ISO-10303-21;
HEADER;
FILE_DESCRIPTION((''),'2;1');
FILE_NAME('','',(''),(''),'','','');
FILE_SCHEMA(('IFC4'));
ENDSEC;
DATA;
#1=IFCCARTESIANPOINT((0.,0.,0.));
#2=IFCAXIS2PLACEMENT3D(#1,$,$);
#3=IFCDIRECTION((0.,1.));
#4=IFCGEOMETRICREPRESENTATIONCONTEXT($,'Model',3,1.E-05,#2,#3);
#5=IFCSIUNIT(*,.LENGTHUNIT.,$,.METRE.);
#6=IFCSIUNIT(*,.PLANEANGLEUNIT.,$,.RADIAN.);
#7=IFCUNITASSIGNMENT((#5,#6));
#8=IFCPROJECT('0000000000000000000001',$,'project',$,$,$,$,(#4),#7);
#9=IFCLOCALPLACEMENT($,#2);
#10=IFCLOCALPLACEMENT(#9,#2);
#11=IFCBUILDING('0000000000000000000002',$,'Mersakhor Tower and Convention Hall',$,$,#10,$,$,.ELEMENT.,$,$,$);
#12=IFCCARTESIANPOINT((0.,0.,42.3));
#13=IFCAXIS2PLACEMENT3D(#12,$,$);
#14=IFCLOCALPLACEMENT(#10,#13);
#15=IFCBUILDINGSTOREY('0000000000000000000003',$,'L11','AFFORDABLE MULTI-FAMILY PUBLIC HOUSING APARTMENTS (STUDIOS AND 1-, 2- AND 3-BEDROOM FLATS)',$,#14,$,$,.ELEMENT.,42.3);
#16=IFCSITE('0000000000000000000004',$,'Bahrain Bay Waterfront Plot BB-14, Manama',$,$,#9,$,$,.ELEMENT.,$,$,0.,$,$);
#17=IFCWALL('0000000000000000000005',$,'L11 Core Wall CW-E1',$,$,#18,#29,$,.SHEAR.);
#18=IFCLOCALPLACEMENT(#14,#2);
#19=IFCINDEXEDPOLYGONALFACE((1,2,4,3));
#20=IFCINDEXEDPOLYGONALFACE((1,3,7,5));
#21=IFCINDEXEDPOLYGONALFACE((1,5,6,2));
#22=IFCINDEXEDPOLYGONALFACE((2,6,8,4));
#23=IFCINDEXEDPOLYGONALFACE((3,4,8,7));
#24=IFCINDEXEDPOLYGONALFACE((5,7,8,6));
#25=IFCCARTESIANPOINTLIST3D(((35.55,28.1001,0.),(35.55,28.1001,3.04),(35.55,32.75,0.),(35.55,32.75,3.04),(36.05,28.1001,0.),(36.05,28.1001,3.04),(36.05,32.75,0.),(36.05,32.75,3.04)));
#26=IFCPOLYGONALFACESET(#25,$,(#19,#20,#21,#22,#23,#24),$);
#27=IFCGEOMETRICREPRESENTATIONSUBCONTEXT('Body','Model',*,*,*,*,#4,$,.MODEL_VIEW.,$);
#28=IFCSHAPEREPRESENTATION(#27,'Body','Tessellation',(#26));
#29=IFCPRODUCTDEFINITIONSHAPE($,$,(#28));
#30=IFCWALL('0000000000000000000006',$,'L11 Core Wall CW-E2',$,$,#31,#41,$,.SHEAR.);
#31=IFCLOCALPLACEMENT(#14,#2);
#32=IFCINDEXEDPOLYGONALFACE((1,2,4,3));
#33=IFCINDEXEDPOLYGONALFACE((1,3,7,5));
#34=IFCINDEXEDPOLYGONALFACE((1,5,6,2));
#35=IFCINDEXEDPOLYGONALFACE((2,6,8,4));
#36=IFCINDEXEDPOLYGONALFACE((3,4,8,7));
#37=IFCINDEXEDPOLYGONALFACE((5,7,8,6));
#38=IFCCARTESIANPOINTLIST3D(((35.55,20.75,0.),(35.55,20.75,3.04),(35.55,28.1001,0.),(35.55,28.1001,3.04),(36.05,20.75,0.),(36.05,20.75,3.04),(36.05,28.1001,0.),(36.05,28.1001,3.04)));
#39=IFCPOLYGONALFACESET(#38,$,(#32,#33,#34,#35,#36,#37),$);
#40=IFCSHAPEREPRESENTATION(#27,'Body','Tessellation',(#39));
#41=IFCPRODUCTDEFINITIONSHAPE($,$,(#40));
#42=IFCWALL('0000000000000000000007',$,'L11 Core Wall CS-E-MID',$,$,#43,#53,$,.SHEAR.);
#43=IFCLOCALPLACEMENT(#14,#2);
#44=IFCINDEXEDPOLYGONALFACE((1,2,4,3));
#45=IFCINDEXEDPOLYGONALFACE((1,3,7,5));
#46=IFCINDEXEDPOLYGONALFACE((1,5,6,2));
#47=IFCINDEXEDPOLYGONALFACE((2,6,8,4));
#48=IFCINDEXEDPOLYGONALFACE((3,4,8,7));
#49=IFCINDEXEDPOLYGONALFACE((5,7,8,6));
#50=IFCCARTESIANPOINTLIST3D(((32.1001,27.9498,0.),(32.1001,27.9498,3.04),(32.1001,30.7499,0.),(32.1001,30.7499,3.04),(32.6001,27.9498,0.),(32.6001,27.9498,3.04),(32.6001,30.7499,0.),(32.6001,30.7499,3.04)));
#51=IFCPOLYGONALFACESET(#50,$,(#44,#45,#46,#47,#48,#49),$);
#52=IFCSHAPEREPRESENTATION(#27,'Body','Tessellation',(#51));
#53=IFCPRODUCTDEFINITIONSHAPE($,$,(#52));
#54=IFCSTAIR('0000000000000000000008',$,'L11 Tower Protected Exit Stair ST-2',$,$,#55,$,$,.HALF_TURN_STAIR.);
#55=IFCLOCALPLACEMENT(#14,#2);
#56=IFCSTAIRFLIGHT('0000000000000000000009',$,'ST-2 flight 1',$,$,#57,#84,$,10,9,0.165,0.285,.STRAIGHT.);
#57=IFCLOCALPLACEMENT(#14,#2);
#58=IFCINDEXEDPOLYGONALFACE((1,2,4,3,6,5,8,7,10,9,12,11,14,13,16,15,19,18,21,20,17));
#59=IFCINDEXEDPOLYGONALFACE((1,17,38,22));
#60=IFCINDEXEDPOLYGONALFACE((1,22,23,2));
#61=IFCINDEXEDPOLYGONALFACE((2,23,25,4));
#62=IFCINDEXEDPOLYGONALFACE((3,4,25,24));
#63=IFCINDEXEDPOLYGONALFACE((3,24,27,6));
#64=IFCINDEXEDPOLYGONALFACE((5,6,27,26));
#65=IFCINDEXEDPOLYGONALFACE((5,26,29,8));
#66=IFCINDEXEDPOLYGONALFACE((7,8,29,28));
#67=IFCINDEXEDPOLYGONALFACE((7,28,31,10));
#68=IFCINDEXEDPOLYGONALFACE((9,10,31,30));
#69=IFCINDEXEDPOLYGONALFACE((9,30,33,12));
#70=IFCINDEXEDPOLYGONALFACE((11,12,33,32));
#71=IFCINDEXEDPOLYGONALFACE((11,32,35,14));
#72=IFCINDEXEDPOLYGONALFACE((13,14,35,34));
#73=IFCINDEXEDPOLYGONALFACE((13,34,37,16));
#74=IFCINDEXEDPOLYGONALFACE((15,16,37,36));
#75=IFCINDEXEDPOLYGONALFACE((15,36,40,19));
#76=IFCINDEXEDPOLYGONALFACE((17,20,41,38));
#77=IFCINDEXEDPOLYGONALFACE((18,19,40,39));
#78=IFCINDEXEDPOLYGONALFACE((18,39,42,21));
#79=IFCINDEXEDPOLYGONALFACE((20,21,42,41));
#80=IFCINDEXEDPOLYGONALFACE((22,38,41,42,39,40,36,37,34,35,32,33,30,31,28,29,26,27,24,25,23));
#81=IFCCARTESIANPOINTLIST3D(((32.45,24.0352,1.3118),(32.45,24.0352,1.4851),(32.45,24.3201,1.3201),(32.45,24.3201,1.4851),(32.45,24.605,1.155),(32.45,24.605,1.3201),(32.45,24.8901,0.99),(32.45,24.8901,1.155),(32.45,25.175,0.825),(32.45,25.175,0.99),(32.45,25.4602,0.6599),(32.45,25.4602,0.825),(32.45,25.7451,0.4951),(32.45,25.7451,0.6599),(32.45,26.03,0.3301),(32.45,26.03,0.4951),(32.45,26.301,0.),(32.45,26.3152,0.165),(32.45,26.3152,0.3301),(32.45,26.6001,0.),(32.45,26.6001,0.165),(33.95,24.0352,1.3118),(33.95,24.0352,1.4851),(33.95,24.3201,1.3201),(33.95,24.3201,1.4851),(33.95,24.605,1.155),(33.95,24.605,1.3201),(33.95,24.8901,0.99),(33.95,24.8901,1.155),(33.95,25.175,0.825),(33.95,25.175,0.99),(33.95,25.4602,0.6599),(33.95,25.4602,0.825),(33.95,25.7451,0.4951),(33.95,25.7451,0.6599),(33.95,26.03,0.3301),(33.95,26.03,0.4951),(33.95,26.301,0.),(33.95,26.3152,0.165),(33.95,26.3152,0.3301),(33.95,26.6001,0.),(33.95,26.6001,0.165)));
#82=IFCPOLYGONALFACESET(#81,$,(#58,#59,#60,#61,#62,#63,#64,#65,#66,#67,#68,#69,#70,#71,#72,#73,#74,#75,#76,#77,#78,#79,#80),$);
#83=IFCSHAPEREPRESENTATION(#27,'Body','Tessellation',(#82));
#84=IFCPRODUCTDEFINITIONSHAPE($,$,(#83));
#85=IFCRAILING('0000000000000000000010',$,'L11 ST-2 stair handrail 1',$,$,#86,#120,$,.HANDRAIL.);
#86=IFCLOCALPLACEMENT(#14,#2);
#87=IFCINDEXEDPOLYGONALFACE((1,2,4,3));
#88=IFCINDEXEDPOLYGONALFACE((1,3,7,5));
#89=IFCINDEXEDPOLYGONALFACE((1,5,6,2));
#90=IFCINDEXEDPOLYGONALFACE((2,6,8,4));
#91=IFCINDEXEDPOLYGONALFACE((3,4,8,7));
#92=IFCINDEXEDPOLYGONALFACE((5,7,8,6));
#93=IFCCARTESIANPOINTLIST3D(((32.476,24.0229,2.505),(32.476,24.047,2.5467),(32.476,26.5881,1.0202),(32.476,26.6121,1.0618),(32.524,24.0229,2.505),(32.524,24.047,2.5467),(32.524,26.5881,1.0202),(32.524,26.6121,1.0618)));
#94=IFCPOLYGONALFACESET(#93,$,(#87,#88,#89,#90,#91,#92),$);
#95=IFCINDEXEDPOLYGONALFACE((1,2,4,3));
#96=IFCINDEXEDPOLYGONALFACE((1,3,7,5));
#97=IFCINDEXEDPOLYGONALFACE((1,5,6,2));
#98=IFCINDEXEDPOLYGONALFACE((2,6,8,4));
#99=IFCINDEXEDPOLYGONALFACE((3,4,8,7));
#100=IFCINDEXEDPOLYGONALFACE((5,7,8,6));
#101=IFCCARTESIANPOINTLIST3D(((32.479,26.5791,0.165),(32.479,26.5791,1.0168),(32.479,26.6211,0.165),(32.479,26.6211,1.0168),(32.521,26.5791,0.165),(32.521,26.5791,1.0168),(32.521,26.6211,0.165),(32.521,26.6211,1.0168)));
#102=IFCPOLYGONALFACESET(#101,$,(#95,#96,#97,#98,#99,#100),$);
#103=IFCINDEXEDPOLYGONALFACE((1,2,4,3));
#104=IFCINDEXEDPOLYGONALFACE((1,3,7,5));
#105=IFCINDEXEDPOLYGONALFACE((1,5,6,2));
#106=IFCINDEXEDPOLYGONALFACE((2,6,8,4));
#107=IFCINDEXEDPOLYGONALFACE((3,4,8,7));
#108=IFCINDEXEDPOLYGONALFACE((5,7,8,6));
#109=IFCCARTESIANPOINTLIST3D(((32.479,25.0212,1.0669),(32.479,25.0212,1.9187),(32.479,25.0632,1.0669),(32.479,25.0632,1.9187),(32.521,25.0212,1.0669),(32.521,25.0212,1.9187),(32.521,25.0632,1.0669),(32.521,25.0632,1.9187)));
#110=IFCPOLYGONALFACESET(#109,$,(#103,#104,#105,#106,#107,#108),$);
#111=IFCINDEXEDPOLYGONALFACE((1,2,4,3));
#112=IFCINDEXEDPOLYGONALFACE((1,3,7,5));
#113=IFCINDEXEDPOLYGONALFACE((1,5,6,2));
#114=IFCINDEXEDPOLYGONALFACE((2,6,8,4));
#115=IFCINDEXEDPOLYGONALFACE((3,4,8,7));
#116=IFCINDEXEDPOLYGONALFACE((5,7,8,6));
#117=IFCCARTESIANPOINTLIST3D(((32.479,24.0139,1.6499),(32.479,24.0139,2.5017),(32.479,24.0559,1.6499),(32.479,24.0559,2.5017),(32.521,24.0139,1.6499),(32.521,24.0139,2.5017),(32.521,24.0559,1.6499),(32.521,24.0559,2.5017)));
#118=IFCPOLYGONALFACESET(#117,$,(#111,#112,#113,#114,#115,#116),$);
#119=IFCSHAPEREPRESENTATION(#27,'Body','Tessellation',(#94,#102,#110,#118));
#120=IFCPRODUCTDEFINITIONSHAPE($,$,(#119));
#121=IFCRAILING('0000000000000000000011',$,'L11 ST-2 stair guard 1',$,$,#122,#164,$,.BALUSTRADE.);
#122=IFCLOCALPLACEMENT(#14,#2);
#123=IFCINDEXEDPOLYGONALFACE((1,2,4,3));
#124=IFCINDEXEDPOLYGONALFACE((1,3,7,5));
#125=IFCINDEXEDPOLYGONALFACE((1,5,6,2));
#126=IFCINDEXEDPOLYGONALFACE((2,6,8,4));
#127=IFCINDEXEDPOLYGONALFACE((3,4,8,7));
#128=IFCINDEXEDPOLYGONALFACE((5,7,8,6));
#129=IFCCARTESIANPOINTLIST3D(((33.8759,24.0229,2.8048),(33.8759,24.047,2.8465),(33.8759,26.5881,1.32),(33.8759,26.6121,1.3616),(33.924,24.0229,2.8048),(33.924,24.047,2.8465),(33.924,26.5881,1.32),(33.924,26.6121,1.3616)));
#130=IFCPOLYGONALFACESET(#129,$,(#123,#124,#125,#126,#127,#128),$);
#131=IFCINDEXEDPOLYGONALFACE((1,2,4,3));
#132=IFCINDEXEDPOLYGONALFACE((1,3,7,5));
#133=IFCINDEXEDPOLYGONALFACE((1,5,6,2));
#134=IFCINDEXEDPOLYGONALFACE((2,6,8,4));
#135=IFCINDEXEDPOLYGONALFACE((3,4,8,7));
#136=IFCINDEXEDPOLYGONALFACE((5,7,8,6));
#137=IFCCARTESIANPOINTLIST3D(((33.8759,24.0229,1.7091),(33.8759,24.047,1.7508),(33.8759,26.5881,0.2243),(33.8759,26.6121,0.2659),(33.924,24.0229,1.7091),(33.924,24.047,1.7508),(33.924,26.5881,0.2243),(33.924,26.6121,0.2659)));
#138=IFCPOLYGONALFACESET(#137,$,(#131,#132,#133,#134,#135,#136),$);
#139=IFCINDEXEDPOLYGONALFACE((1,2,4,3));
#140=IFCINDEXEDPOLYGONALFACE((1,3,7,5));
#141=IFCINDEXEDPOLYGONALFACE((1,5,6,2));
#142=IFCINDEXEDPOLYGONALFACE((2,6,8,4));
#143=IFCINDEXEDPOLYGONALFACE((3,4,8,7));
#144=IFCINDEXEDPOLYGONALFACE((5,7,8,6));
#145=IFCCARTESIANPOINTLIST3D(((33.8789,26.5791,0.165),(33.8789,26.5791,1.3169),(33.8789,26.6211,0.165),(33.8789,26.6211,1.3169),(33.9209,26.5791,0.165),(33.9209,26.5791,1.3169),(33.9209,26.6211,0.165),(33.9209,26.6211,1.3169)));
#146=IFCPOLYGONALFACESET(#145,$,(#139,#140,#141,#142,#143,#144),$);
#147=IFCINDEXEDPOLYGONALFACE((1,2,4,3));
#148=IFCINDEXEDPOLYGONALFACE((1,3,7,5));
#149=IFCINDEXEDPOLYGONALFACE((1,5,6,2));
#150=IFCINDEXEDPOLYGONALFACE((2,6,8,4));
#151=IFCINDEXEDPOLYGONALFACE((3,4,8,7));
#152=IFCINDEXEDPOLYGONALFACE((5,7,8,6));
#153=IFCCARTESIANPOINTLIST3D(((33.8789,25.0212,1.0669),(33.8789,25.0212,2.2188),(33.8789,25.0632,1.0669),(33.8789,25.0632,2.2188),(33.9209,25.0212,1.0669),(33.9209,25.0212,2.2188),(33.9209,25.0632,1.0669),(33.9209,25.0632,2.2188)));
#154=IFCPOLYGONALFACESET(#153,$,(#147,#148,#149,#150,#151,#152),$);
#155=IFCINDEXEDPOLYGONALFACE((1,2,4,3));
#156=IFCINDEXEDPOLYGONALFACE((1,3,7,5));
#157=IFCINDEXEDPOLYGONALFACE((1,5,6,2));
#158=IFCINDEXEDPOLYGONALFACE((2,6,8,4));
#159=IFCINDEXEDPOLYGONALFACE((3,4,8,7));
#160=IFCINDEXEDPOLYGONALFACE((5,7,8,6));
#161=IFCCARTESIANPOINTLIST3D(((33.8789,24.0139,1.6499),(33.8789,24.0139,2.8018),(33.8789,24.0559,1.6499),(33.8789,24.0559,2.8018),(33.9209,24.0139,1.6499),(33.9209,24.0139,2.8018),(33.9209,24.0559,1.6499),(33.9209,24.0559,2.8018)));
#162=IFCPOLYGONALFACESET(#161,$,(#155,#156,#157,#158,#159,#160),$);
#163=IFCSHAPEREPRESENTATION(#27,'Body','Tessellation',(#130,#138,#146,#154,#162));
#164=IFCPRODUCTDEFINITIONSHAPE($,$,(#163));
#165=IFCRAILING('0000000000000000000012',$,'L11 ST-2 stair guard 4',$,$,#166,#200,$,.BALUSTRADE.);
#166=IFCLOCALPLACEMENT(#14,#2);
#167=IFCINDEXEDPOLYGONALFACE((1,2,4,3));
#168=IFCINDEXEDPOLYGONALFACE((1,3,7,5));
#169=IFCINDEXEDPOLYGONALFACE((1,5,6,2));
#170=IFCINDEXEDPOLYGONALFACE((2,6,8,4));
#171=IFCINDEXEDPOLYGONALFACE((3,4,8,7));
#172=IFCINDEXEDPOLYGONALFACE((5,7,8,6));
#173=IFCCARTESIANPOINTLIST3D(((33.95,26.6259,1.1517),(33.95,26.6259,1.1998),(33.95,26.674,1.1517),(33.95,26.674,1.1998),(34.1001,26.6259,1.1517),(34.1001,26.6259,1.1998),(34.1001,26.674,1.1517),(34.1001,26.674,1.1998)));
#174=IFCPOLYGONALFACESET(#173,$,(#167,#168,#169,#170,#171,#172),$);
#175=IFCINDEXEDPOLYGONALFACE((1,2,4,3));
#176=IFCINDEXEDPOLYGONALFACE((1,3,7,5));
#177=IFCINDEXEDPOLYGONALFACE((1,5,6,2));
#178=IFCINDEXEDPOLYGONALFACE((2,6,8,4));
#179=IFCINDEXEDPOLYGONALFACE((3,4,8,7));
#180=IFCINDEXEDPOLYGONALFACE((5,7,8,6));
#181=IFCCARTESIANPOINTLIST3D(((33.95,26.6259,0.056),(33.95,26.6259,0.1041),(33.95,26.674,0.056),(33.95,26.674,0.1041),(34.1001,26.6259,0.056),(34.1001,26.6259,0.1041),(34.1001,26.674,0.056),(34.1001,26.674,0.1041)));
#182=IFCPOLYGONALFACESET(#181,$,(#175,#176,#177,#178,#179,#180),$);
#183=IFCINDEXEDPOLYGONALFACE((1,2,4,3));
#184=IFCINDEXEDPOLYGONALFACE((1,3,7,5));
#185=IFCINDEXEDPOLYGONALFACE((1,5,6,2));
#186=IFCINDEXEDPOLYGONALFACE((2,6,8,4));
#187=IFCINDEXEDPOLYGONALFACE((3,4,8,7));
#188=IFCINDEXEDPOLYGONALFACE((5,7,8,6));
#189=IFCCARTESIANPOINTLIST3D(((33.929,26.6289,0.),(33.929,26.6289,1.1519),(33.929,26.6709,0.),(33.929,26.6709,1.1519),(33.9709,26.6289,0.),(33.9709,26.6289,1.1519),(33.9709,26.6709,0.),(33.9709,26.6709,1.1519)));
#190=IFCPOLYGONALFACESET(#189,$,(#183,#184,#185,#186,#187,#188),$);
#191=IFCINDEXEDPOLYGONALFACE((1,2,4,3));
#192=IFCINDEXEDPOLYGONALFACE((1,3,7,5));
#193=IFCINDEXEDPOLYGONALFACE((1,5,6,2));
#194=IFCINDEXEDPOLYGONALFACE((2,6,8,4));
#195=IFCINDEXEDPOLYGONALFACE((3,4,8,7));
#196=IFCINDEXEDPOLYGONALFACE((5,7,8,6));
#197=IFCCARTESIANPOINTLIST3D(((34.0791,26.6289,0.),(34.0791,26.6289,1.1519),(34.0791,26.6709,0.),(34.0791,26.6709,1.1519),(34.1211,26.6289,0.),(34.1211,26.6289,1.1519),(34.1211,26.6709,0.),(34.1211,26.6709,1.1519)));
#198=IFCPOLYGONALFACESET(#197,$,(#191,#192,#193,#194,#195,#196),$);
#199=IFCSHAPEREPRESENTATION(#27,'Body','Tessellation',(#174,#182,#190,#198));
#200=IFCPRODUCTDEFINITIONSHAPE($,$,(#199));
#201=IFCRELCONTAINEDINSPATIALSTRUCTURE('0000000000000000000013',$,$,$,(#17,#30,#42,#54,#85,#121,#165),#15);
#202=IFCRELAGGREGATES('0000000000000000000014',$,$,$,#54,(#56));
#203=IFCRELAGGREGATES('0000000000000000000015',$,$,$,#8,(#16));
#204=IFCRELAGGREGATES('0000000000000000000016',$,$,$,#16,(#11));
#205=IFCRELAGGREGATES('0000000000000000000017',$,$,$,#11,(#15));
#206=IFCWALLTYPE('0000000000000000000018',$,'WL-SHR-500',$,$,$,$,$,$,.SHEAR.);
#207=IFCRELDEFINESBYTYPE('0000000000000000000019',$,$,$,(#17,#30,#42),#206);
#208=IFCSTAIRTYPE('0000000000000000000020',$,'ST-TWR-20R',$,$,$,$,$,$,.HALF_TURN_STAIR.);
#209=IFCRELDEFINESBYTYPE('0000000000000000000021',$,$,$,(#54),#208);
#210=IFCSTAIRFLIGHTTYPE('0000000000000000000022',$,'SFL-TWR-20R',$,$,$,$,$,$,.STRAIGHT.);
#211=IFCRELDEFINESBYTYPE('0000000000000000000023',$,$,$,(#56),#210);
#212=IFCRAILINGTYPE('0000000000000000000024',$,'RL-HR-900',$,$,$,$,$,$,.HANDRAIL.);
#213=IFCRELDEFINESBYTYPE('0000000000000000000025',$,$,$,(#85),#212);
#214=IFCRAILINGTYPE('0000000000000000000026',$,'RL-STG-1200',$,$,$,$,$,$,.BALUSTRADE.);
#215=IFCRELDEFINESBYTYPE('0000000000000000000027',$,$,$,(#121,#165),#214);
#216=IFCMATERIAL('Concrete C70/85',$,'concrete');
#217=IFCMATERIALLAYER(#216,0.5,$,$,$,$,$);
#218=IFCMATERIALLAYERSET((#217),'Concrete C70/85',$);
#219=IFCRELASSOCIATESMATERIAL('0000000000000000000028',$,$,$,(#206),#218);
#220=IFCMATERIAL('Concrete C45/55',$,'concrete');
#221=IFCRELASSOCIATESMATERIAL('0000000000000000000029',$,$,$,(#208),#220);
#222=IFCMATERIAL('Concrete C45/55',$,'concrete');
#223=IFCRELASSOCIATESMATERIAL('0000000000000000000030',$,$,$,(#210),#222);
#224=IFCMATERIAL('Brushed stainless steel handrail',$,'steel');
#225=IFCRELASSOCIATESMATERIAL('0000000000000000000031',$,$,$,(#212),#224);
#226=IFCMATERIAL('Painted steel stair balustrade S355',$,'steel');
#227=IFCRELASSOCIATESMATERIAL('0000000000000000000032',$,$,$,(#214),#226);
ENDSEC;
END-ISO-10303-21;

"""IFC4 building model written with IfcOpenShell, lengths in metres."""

from ifc_helpers import new_model, si_unit, direction, frame, frame_2d, origin, origin_2d, place, context, subcontext, project, spatial, polyline, rectangle, outline, extrude, material, layer, layer_set, type_object, element, aggregate, save


model = new_model("IFC4")

# Units and contexts
model_context = context("Model", 3, precision=1e-05, world=origin(), true_north=direction((0.0, 1.0)))
body_context = subcontext(model_context, "Body", "Model", "MODEL_VIEW")
ifc_project = project(units=[si_unit("LENGTHUNIT", "METRE"), si_unit("PLANEANGLEUNIT", "RADIAN")], contexts=[model_context])

# Site, building, storey
site_placement = place(None, origin())
site = spatial("IfcSite", under=ifc_project, at=site_placement, Name="Bahrain Bay Waterfront Plot BB-14, Manama", CompositionType="ELEMENT", RefElevation=0.0)
building_placement = place(site_placement, origin())
building = spatial("IfcBuilding", under=site, at=building_placement, Name="Mersakhor Tower and Convention Hall", CompositionType="ELEMENT")
storey_placement = place(building_placement, frame((0.0, 0.0, 42.3)))
storey = spatial("IfcBuildingStorey", under=building, at=storey_placement, Name="L11", Description="AFFORDABLE MULTI-FAMILY PUBLIC HOUSING APARTMENTS (STUDIOS AND 1-, 2- AND 3-BEDROOM FLATS)", CompositionType="ELEMENT", Elevation=42.3)

# Shared definitions
ifc_material_1 = material(Name="Concrete C70/85", Category="concrete")
ifc_layer_1 = layer(ifc_material_1, 0.5)
ifc_layer_set_1 = layer_set([ifc_layer_1], Name="Concrete C70/85")
wall_type_1 = type_object("IfcWallType", Name="WL-SHR-500", PredefinedType="SHEAR", material=ifc_layer_set_1)

# Walls
wall_1_placement = place(storey_placement, frame((35.8, 32.75, 0.0), z_axis=(0.0, 0.0, 1.0), x_axis=(0.0, -1.0, 0.0)))
element("IfcWall", 1, at=wall_1_placement, inside=storey, type_object=wall_type_1, Name="L11 Core Wall CW-E1", PredefinedType="SHEAR", context=body_context, shape_type="SweptSolid", body=[
    extrude(rectangle(XDim=4.6499, YDim=0.5, at=frame_2d((2.325, 0.0))), origin(), (0.0, 0.0, 1.0), 3.04),
])
wall_2_placement = place(storey_placement, frame((35.8, 28.1001, 0.0), z_axis=(0.0, 0.0, 1.0), x_axis=(0.0, -1.0, 0.0)))
element("IfcWall", 2, at=wall_2_placement, inside=storey, type_object=wall_type_1, Name="L11 Core Wall CW-E2", PredefinedType="SHEAR", context=body_context, shape_type="SweptSolid", body=[
    extrude(rectangle(XDim=7.3501, YDim=0.5, at=frame_2d((3.675, 0.0))), origin(), (0.0, 0.0, 1.0), 3.04),
])
wall_3_placement = place(storey_placement, frame((32.3501, 27.95, 0.0), z_axis=(0.0, 0.0, 1.0), x_axis=(0.0, 1.0, 0.0)))
element("IfcWall", 3, at=wall_3_placement, inside=storey, type_object=wall_type_1, Name="L11 Core Wall CS-E-MID", PredefinedType="SHEAR", context=body_context, shape_type="SweptSolid", body=[
    extrude(rectangle(XDim=2.8, YDim=0.5, at=frame_2d((1.3999, 0.0))), origin(), (0.0, 0.0, 1.0), 3.04),
])

# Stair, stair flight
ifc_material_2 = material(Name="Concrete C45/55", Category="concrete")
stair_type = type_object("IfcStairType", Name="ST-TWR-20R", PredefinedType="HALF_TURN_STAIR", material=ifc_material_2)
stair_placement = place(storey_placement, origin())
stair = element("IfcStair", 4, at=stair_placement, inside=storey, type_object=stair_type, Name="L11 Tower Protected Exit Stair ST-2", PredefinedType="HALF_TURN_STAIR")
ifc_material_3 = material(Name="Concrete C45/55", Category="concrete")
stair_flight_type = type_object("IfcStairFlightType", Name="SFL-TWR-20R", PredefinedType="STRAIGHT", material=ifc_material_3)
stair_flight_placement = place(storey_placement, frame((33.2, 26.6001, 0.0), z_axis=(0.0, 0.0, 1.0), x_axis=(0.0, -1.0, 0.0)))
stair_flight = element("IfcStairFlight", 5, at=stair_flight_placement, type_object=stair_flight_type, Name="ST-2 flight 1", NumberOfRisers=10, NumberOfTreads=9, PredefinedType="STRAIGHT", RiserHeight=0.165, TreadLength=0.285, context=body_context, shape_type="SweptSolid", body=[
    extrude(outline(polyline([(0.0, 0.0), (0.0, 0.165), (0.2849, 0.165), (0.2849, 0.3301), (0.5701, 0.3301), (0.5701, 0.4951), (0.855, 0.4951), (0.855, 0.6599), (1.1399, 0.6599), (1.1399, 0.825), (1.425, 0.825), (1.425, 0.99), (1.71, 0.99), (1.71, 1.155), (1.9951, 1.155), (1.9951, 1.3201), (2.28, 1.3201), (2.28, 1.4851), (2.5649, 1.4851), (2.5649, 1.6499), (2.5649, 1.3118), (0.2991, 0.0), (0.0, 0.0)])), frame((0.0, 0.75, 0.0), z_axis=(0.0, -1.0, 0.0), x_axis=(1.0, 0.0, 0.0)), (0.0, 0.0, 1.0), 1.5),
])
aggregate(stair, [stair_flight])

# Railings
ifc_material_4 = material(Name="Brushed stainless steel handrail", Category="steel")
railing_type_1 = type_object("IfcRailingType", Name="RL-HR-900", PredefinedType="HANDRAIL", material=ifc_material_4)
railing_1_placement = place(storey_placement, frame((32.5, 26.6001, 0.165)))
element("IfcRailing", 6, at=railing_1_placement, inside=storey, type_object=railing_type_1, Name="L11 ST-2 stair handrail 1", PredefinedType="HANDRAIL", context=body_context, shape_type="SweptSolid", body=[
    extrude(rectangle(XDim=0.0481, YDim=0.0481, at=origin_2d()), frame((0.0, 0.0, 0.876), z_axis=(0.0, -0.865462, 0.500975), x_axis=(1.0, 0.0, 0.0)), (0.0, 0.0, 1.0), 2.9639),
    extrude(rectangle(XDim=0.042, YDim=0.042, at=origin_2d()), origin(), (0.0, 0.0, 1.0), 0.8518),
    extrude(rectangle(XDim=0.042, YDim=0.042, at=origin_2d()), frame((0.0, -1.5579, 0.9019)), (0.0, 0.0, 1.0), 0.8518),
    extrude(rectangle(XDim=0.042, YDim=0.042, at=origin_2d()), frame((0.0, -2.5652, 1.4849)), (0.0, 0.0, 1.0), 0.8518),
])
ifc_material_5 = material(Name="Painted steel stair balustrade S355", Category="steel")
railing_type_2 = type_object("IfcRailingType", Name="RL-STG-1200", PredefinedType="BALUSTRADE", material=ifc_material_5)
railing_2_placement = place(storey_placement, frame((33.8999, 26.6001, 0.165)))
element("IfcRailing", 7, at=railing_2_placement, inside=storey, type_object=railing_type_2, Name="L11 ST-2 stair guard 1", PredefinedType="BALUSTRADE", context=body_context, shape_type="SweptSolid", body=[
    extrude(rectangle(XDim=0.0481, YDim=0.0481, at=origin_2d()), frame((0.0, 0.0, 1.1758), z_axis=(0.0, -0.865462, 0.500975), x_axis=(1.0, 0.0, 0.0)), (0.0, 0.0, 1.0), 2.9639),
    extrude(rectangle(XDim=0.0481, YDim=0.0481, at=origin_2d()), frame((0.0, 0.0, 0.0801), z_axis=(0.0, -0.865462, 0.500975), x_axis=(1.0, 0.0, 0.0)), (0.0, 0.0, 1.0), 2.9639),
    extrude(rectangle(XDim=0.042, YDim=0.042, at=origin_2d()), origin(), (0.0, 0.0, 1.0), 1.1519),
    extrude(rectangle(XDim=0.042, YDim=0.042, at=origin_2d()), frame((0.0, -1.5579, 0.9019)), (0.0, 0.0, 1.0), 1.1519),
    extrude(rectangle(XDim=0.042, YDim=0.042, at=origin_2d()), frame((0.0, -2.5652, 1.4849)), (0.0, 0.0, 1.0), 1.1519),
])
railing_3_placement = place(storey_placement, frame((33.95, 26.6499, 0.0)))
element("IfcRailing", 8, at=railing_3_placement, inside=storey, type_object=railing_type_2, Name="L11 ST-2 stair guard 4", PredefinedType="BALUSTRADE", context=body_context, shape_type="SweptSolid", body=[
    extrude(rectangle(XDim=0.0481, YDim=0.0481, at=origin_2d()), frame((0.0, 0.0, 1.1758), z_axis=(1.0, 0.0, 0.0), x_axis=(0.0, 1.0, 0.0)), (0.0, 0.0, 1.0), 0.1501),
    extrude(rectangle(XDim=0.0481, YDim=0.0481, at=origin_2d()), frame((0.0, 0.0, 0.0801), z_axis=(1.0, 0.0, 0.0), x_axis=(0.0, 1.0, 0.0)), (0.0, 0.0, 1.0), 0.1501),
    extrude(rectangle(XDim=0.042, YDim=0.042, at=origin_2d()), origin(), (0.0, 0.0, 1.0), 1.1519),
    extrude(rectangle(XDim=0.042, YDim=0.042, at=origin_2d()), frame((0.1501, 0.0, 0.0)), (0.0, 0.0, 1.0), 1.1519),
])

save(model, "model.ifc")
